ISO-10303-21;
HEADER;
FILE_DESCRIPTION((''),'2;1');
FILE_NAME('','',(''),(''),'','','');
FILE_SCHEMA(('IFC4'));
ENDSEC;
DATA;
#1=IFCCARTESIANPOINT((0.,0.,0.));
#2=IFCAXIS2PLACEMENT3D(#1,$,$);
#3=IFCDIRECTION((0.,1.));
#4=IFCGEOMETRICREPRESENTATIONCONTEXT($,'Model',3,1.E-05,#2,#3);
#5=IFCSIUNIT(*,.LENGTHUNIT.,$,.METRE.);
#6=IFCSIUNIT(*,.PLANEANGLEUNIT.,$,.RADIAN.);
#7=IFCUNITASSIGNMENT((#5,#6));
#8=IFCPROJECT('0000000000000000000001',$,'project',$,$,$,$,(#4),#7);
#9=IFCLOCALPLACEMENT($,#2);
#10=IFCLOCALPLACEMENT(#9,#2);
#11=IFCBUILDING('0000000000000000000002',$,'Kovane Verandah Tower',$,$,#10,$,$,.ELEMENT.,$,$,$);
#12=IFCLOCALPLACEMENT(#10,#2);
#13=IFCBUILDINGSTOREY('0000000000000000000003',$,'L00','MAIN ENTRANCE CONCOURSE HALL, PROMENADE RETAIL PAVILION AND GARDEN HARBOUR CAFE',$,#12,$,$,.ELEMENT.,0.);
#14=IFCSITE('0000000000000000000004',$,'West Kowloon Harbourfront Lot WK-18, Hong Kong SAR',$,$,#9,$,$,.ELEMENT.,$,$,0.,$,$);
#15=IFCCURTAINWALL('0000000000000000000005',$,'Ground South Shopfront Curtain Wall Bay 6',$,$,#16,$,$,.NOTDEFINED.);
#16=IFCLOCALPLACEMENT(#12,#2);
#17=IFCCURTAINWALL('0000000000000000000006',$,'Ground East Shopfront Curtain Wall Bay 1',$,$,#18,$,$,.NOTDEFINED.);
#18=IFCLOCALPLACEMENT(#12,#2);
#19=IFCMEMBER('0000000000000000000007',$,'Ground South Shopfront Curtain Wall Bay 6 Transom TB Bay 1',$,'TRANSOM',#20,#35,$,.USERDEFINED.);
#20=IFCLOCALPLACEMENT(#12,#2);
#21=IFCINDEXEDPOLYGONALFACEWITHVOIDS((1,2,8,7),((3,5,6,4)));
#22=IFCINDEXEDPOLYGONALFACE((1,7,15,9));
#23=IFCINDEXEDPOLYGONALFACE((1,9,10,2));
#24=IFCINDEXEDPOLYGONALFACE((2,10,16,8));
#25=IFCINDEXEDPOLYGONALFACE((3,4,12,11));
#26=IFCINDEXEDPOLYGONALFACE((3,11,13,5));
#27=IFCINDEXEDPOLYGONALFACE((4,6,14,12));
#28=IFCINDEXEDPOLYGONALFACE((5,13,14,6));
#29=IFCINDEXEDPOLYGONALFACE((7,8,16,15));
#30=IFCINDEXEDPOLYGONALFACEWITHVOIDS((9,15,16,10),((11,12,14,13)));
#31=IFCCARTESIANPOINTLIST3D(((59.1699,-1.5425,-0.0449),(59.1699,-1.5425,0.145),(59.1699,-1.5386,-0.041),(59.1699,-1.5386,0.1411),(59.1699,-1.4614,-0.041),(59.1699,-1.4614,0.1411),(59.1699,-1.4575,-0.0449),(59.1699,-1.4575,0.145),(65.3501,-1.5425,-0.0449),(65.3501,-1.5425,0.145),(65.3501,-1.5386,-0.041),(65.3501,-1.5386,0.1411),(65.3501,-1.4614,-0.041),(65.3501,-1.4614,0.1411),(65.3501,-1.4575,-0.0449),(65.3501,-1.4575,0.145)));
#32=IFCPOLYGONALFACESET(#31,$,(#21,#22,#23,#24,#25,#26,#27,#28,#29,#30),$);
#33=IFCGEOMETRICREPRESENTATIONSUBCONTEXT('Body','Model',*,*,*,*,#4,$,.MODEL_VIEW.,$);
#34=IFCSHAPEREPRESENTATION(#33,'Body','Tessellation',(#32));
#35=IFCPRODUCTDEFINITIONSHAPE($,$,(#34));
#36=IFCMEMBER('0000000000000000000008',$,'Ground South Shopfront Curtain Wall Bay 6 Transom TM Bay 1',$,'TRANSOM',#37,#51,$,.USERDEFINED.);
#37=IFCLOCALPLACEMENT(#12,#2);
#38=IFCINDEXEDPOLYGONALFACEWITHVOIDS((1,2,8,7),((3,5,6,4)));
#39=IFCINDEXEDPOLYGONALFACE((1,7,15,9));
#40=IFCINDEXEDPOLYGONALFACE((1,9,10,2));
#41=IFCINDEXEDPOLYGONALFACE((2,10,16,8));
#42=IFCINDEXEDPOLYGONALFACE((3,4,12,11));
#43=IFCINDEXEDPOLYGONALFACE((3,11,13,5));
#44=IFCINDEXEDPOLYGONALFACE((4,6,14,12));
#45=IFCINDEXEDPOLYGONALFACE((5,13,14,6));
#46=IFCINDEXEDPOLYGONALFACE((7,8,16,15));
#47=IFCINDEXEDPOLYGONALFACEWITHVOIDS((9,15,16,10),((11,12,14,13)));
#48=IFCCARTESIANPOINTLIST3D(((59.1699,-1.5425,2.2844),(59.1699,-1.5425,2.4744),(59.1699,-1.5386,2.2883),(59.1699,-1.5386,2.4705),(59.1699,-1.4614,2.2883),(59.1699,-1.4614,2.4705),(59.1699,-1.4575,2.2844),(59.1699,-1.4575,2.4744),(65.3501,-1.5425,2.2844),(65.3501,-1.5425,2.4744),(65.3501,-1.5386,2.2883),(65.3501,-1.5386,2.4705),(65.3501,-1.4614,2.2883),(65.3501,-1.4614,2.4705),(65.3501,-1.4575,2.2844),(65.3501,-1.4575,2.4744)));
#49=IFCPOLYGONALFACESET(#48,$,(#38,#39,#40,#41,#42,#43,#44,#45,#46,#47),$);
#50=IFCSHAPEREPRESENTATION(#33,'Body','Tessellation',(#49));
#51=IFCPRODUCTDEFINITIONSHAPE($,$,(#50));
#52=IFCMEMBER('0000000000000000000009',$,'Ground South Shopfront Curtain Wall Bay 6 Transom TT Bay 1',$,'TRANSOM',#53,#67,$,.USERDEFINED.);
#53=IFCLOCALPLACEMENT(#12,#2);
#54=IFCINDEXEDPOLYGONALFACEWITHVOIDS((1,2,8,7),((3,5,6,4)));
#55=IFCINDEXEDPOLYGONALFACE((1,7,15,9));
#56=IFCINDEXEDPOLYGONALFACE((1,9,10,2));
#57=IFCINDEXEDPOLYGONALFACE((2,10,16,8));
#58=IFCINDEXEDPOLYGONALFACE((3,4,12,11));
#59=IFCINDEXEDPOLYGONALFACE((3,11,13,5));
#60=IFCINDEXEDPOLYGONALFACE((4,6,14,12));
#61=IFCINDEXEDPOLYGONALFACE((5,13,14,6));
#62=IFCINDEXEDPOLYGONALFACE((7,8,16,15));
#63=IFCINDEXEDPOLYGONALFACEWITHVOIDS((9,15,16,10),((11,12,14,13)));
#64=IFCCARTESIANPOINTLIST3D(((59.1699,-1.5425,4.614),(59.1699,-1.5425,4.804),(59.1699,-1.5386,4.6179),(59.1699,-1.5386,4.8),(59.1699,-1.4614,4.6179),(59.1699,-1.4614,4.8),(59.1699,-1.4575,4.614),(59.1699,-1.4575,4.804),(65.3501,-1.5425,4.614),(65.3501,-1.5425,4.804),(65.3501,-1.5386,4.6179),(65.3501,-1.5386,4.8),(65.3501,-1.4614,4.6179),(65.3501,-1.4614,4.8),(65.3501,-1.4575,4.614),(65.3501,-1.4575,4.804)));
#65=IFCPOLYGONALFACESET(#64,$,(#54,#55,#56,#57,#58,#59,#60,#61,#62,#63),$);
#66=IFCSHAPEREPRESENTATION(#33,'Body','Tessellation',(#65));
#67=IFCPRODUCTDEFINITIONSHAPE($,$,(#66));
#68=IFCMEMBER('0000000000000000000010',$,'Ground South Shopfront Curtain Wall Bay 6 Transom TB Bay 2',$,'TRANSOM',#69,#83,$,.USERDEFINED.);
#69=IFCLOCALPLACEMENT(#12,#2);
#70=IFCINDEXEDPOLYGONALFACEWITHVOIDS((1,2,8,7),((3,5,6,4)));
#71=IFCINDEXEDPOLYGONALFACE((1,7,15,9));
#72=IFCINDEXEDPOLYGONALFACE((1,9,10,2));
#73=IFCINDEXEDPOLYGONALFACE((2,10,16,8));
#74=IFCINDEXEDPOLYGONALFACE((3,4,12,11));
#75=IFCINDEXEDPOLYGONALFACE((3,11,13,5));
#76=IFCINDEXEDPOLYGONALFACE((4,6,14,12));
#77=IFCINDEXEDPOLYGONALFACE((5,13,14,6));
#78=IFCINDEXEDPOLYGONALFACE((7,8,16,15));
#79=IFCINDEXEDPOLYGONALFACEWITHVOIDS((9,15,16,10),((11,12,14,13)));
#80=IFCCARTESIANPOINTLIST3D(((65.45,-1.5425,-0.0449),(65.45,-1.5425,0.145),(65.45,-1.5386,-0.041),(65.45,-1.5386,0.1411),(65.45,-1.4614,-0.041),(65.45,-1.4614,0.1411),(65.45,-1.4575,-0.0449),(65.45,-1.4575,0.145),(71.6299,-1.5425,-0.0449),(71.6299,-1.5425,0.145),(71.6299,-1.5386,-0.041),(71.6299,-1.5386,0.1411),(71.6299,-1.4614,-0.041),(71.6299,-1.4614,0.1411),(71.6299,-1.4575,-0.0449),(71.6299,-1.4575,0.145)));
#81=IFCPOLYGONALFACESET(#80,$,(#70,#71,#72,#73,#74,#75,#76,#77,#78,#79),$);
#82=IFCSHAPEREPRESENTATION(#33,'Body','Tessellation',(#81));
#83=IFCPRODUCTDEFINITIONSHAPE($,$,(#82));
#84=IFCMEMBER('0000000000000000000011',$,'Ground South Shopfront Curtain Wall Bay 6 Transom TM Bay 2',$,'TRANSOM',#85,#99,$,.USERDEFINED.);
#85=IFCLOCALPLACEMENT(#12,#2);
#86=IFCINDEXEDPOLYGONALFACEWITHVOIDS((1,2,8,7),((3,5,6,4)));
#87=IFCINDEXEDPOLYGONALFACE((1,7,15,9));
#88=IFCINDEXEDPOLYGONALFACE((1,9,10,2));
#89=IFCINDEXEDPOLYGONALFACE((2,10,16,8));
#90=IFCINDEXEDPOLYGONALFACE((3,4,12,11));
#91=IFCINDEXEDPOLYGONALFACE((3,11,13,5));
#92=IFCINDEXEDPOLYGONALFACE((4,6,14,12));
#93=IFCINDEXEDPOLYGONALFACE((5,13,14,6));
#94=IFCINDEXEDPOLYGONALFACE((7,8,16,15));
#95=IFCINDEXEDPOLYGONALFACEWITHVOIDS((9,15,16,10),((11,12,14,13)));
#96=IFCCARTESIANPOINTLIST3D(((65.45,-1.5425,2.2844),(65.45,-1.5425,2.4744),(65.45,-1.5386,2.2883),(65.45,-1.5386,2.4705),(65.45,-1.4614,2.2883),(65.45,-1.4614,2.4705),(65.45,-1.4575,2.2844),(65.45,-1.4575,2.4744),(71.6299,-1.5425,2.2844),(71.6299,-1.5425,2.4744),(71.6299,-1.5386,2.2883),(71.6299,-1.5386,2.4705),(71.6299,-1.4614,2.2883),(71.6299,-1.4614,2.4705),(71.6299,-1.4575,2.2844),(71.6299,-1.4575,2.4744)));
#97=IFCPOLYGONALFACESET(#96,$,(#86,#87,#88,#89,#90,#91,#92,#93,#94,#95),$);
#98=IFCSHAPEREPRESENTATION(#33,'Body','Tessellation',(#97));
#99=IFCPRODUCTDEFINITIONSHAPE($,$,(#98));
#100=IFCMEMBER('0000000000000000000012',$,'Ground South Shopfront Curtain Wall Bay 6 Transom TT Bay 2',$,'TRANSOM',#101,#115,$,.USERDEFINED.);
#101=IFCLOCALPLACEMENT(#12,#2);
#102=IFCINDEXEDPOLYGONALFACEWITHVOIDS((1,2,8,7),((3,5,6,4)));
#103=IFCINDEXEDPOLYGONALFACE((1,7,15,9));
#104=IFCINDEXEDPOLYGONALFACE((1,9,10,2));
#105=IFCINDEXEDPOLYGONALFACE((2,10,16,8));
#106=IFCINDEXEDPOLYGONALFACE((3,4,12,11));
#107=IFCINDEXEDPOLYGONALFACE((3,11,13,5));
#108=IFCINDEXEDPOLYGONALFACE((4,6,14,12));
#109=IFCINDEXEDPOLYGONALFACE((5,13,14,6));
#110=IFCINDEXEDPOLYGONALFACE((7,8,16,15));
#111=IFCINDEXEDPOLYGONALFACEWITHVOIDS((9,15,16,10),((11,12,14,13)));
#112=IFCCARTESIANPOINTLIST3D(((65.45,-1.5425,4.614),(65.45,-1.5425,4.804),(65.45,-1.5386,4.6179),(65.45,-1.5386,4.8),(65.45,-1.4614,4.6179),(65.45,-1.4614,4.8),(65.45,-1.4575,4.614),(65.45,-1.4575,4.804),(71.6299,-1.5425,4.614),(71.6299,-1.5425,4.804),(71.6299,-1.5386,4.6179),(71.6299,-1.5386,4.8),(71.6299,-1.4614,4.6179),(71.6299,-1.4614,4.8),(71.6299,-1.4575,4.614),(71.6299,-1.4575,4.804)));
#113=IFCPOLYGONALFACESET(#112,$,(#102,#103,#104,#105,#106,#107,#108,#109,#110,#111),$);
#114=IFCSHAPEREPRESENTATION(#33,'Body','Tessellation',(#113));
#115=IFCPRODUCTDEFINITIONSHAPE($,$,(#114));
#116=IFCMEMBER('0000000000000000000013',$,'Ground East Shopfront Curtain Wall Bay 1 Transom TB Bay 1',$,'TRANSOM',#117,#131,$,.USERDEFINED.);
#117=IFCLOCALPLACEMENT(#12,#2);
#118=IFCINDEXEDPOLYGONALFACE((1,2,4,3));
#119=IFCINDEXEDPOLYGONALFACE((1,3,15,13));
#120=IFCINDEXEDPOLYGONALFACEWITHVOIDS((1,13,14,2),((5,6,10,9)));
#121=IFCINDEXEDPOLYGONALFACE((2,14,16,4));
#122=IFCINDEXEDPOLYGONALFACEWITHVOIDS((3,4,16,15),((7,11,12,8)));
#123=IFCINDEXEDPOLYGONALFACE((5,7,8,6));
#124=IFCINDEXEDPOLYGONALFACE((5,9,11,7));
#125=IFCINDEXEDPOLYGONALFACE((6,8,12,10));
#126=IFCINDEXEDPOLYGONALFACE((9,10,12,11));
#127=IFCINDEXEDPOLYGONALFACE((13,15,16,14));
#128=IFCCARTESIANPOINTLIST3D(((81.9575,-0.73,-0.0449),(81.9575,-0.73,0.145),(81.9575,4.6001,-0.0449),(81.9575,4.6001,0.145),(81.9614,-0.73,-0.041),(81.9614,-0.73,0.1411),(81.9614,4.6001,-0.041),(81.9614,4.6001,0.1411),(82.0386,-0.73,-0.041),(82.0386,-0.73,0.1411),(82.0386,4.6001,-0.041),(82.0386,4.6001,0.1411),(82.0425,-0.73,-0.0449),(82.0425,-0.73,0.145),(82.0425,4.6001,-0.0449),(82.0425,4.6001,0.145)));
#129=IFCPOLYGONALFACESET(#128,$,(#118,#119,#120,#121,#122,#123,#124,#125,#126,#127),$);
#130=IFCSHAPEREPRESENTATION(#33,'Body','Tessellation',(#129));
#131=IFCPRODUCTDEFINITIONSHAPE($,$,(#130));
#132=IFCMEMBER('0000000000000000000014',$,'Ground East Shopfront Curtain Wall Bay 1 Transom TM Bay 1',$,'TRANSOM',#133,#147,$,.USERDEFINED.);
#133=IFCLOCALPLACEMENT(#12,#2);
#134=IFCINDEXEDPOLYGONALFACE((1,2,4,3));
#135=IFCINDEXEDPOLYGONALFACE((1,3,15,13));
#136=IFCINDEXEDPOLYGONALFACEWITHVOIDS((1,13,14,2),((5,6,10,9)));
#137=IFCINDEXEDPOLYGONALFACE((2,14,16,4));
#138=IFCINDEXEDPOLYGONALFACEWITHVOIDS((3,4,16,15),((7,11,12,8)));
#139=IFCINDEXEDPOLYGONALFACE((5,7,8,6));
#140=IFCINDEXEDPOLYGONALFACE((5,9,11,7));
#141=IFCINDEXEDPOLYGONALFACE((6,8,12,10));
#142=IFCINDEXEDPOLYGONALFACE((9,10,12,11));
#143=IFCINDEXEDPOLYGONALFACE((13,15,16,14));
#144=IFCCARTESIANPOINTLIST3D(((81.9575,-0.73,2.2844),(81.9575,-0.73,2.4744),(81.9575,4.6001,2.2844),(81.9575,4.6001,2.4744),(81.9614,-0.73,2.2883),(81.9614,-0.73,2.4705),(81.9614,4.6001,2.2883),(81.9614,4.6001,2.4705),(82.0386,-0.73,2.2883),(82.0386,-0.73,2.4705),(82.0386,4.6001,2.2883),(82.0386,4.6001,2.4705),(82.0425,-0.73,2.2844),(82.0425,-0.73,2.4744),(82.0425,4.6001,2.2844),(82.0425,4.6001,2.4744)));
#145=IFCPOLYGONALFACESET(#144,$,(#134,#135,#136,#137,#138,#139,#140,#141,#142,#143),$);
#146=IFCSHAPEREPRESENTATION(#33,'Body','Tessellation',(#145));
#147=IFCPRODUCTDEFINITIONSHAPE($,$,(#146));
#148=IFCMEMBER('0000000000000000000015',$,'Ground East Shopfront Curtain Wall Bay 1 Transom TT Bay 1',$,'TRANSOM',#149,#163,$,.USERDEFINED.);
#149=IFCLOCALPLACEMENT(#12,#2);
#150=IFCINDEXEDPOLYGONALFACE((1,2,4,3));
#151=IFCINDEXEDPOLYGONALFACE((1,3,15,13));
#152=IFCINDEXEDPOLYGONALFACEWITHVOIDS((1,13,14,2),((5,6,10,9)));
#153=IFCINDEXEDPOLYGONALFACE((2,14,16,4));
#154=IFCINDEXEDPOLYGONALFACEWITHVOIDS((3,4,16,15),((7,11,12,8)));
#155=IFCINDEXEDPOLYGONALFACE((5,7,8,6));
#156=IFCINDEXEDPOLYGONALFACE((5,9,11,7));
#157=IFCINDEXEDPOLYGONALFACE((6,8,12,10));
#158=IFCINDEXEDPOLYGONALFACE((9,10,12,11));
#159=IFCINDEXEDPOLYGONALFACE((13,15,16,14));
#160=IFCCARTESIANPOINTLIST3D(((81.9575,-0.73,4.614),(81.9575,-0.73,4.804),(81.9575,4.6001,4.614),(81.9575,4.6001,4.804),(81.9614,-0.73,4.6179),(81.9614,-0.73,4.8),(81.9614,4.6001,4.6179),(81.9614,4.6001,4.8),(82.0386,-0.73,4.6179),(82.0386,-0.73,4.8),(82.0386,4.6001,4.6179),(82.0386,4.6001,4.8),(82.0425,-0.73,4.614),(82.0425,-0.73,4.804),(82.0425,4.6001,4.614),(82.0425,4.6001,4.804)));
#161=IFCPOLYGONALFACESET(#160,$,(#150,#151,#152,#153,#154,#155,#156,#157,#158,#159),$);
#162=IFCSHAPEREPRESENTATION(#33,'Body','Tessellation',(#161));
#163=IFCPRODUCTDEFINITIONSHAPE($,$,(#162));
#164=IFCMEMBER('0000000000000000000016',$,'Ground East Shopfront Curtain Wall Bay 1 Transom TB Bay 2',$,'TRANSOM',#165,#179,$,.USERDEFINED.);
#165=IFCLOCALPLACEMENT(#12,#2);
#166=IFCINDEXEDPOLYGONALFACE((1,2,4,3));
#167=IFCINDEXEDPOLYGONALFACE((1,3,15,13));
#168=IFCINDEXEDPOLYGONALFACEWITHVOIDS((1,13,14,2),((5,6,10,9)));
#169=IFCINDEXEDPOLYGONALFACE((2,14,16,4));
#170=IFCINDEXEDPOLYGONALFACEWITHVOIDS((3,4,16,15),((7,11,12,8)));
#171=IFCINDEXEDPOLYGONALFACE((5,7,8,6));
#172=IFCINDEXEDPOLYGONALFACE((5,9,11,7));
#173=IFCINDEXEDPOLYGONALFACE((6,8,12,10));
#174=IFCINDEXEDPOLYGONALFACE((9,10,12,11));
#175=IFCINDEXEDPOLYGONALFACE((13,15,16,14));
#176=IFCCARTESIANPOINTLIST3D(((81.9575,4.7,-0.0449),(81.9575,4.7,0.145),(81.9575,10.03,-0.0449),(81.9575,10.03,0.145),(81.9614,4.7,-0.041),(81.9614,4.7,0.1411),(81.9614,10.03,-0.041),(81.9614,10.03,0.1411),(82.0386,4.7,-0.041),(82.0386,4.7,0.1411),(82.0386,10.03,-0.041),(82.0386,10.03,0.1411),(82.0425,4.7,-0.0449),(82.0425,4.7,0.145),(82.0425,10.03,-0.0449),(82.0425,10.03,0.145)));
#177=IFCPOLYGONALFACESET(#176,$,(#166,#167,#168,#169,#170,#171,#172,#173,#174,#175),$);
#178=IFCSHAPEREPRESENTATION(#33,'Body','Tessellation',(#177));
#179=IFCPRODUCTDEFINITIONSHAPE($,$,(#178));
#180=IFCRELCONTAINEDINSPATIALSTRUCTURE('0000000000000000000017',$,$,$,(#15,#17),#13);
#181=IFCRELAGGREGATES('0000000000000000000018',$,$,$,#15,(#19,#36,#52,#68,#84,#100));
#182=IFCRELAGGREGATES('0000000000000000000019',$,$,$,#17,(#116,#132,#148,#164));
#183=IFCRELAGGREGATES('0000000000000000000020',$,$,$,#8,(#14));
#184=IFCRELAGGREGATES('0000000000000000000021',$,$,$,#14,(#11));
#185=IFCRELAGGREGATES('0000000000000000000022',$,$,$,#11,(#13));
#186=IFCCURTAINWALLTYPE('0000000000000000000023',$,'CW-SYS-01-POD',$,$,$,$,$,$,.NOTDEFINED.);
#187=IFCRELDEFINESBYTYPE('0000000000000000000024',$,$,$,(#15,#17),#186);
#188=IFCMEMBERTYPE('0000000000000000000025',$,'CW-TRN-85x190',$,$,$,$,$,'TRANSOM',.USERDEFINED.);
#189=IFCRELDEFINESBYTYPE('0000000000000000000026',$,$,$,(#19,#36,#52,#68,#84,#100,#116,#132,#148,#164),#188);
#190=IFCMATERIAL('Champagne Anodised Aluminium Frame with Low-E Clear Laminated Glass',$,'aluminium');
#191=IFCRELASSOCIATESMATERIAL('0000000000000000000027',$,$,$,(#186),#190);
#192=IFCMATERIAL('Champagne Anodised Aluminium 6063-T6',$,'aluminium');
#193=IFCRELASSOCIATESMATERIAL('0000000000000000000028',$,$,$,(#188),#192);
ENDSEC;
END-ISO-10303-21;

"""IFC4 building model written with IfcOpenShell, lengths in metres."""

from ifc_helpers import new_model, si_unit, direction, frame, origin, origin_2d, place, context, subcontext, project, spatial, hollow_rectangle, extrude, material, material_profile, profile_set, type_object, element, aggregate, save


model = new_model("IFC4")

# Units and contexts
model_context = context("Model", 3, precision=1e-05, world=origin(), true_north=direction((0.0, 1.0)))
body_context = subcontext(model_context, "Body", "Model", "MODEL_VIEW")
ifc_project = project(units=[si_unit("LENGTHUNIT", "METRE"), si_unit("PLANEANGLEUNIT", "RADIAN")], contexts=[model_context])

# Site, building, storey
site_placement = place(None, origin())
site = spatial("IfcSite", under=ifc_project, at=site_placement, Name="West Kowloon Harbourfront Lot WK-18, Hong Kong SAR", CompositionType="ELEMENT", RefElevation=0.0)
building_placement = place(site_placement, origin())
building = spatial("IfcBuilding", under=site, at=building_placement, Name="Kovane Verandah Tower", CompositionType="ELEMENT")
storey_placement = place(building_placement, origin())
storey = spatial("IfcBuildingStorey", under=building, at=storey_placement, Name="L00", Description="MAIN ENTRANCE CONCOURSE HALL, PROMENADE RETAIL PAVILION AND GARDEN HARBOUR CAFE", CompositionType="ELEMENT", Elevation=0.0)

# Curtain walls
ifc_material_1 = material(Name="Champagne Anodised Aluminium Frame with Low-E Clear Laminated Glass", Category="aluminium")
curtain_wall_type = type_object("IfcCurtainWallType", Name="CW-SYS-01-POD", PredefinedType="NOTDEFINED", material=ifc_material_1)
curtain_wall_1_placement = place(storey_placement, origin())
curtain_wall_1 = element("IfcCurtainWall", 1, at=curtain_wall_1_placement, inside=storey, type_object=curtain_wall_type, Name="Ground South Shopfront Curtain Wall Bay 6", PredefinedType="NOTDEFINED")
ifc_material_2 = material(Name="Champagne Anodised Aluminium 6063-T6", Category="aluminium")
curtain_wall_2_placement = place(storey_placement, origin())
curtain_wall_2 = element("IfcCurtainWall", 2, at=curtain_wall_2_placement, inside=storey, type_object=curtain_wall_type, Name="Ground East Shopfront Curtain Wall Bay 1", PredefinedType="NOTDEFINED")

# Members
ifc_material_profile_1 = material_profile(ifc_material_2, hollow_rectangle(XDim=0.085, YDim=0.1899, WallThickness=0.0039, at=origin_2d()), Name="AL85x190x4")
ifc_profile_set_1 = profile_set([ifc_material_profile_1], Name="Champagne Anodised Aluminium 6063-T6")
member_type_1 = type_object("IfcMemberType", Name="CW-TRN-85x190", ElementType="TRANSOM", PredefinedType="USERDEFINED", material=ifc_profile_set_1)
member_1_placement = place(storey_placement, frame((59.1699, -1.5, 0.05), z_axis=(1.0, 0.0, 0.0), x_axis=(0.0, 1.0, 0.0)))
member_1 = element("IfcMember", 3, at=member_1_placement, type_object=member_type_1, Name="Ground South Shopfront Curtain Wall Bay 6 Transom TB Bay 1", ObjectType="TRANSOM", PredefinedType="USERDEFINED", context=body_context, shape_type="SweptSolid", body=[
    extrude(hollow_rectangle(XDim=0.085, YDim=0.1899, WallThickness=0.0039, at=origin_2d()), origin(), (0.0, 0.0, 1.0), 6.1802),
])
member_2_placement = place(storey_placement, frame((59.1699, -1.5, 2.3794), z_axis=(1.0, 0.0, 0.0), x_axis=(0.0, 1.0, 0.0)))
member_2 = element("IfcMember", 4, at=member_2_placement, type_object=member_type_1, Name="Ground South Shopfront Curtain Wall Bay 6 Transom TM Bay 1", ObjectType="TRANSOM", PredefinedType="USERDEFINED", context=body_context, shape_type="SweptSolid", body=[
    extrude(hollow_rectangle(XDim=0.085, YDim=0.1899, WallThickness=0.0039, at=origin_2d()), origin(), (0.0, 0.0, 1.0), 6.1802),
])
member_3_placement = place(storey_placement, frame((59.1699, -1.5, 4.709), z_axis=(1.0, 0.0, 0.0), x_axis=(0.0, 1.0, 0.0)))
member_3 = element("IfcMember", 5, at=member_3_placement, type_object=member_type_1, Name="Ground South Shopfront Curtain Wall Bay 6 Transom TT Bay 1", ObjectType="TRANSOM", PredefinedType="USERDEFINED", context=body_context, shape_type="SweptSolid", body=[
    extrude(hollow_rectangle(XDim=0.085, YDim=0.1899, WallThickness=0.0039, at=origin_2d()), origin(), (0.0, 0.0, 1.0), 6.1802),
])
member_4_placement = place(storey_placement, frame((65.45, -1.5, 0.05), z_axis=(1.0, 0.0, 0.0), x_axis=(0.0, 1.0, 0.0)))
member_4 = element("IfcMember", 6, at=member_4_placement, type_object=member_type_1, Name="Ground South Shopfront Curtain Wall Bay 6 Transom TB Bay 2", ObjectType="TRANSOM", PredefinedType="USERDEFINED", context=body_context, shape_type="SweptSolid", body=[
    extrude(hollow_rectangle(XDim=0.085, YDim=0.1899, WallThickness=0.0039, at=origin_2d()), origin(), (0.0, 0.0, 1.0), 6.1799),
])
member_5_placement = place(storey_placement, frame((65.45, -1.5, 2.3794), z_axis=(1.0, 0.0, 0.0), x_axis=(0.0, 1.0, 0.0)))
member_5 = element("IfcMember", 7, at=member_5_placement, type_object=member_type_1, Name="Ground South Shopfront Curtain Wall Bay 6 Transom TM Bay 2", ObjectType="TRANSOM", PredefinedType="USERDEFINED", context=body_context, shape_type="SweptSolid", body=[
    extrude(hollow_rectangle(XDim=0.085, YDim=0.1899, WallThickness=0.0039, at=origin_2d()), origin(), (0.0, 0.0, 1.0), 6.1799),
])
member_6_placement = place(storey_placement, frame((65.45, -1.5, 4.709), z_axis=(1.0, 0.0, 0.0), x_axis=(0.0, 1.0, 0.0)))
member_6 = element("IfcMember", 8, at=member_6_placement, type_object=member_type_1, Name="Ground South Shopfront Curtain Wall Bay 6 Transom TT Bay 2", ObjectType="TRANSOM", PredefinedType="USERDEFINED", context=body_context, shape_type="SweptSolid", body=[
    extrude(hollow_rectangle(XDim=0.085, YDim=0.1899, WallThickness=0.0039, at=origin_2d()), origin(), (0.0, 0.0, 1.0), 6.1799),
])
member_7_placement = place(storey_placement, frame((82.0, -0.73, 0.05), z_axis=(0.0, 1.0, 0.0), x_axis=(-1.0, 0.0, 0.0)))
member_7 = element("IfcMember", 9, at=member_7_placement, type_object=member_type_1, Name="Ground East Shopfront Curtain Wall Bay 1 Transom TB Bay 1", ObjectType="TRANSOM", PredefinedType="USERDEFINED", context=body_context, shape_type="SweptSolid", body=[
    extrude(hollow_rectangle(XDim=0.085, YDim=0.1899, WallThickness=0.0039, at=origin_2d()), origin(), (0.0, 0.0, 1.0), 5.3301),
])
member_8_placement = place(storey_placement, frame((82.0, -0.73, 2.3794), z_axis=(0.0, 1.0, 0.0), x_axis=(-1.0, 0.0, 0.0)))
member_8 = element("IfcMember", 10, at=member_8_placement, type_object=member_type_1, Name="Ground East Shopfront Curtain Wall Bay 1 Transom TM Bay 1", ObjectType="TRANSOM", PredefinedType="USERDEFINED", context=body_context, shape_type="SweptSolid", body=[
    extrude(hollow_rectangle(XDim=0.085, YDim=0.1899, WallThickness=0.0039, at=origin_2d()), origin(), (0.0, 0.0, 1.0), 5.3301),
])
member_9_placement = place(storey_placement, frame((82.0, -0.73, 4.709), z_axis=(0.0, 1.0, 0.0), x_axis=(-1.0, 0.0, 0.0)))
member_9 = element("IfcMember", 11, at=member_9_placement, type_object=member_type_1, Name="Ground East Shopfront Curtain Wall Bay 1 Transom TT Bay 1", ObjectType="TRANSOM", PredefinedType="USERDEFINED", context=body_context, shape_type="SweptSolid", body=[
    extrude(hollow_rectangle(XDim=0.085, YDim=0.1899, WallThickness=0.0039, at=origin_2d()), origin(), (0.0, 0.0, 1.0), 5.3301),
])
member_10_placement = place(storey_placement, frame((82.0, 4.7, 0.05), z_axis=(0.0, 1.0, 0.0), x_axis=(-1.0, 0.0, 0.0)))
member_10 = element("IfcMember", 12, at=member_10_placement, type_object=member_type_1, Name="Ground East Shopfront Curtain Wall Bay 1 Transom TB Bay 2", ObjectType="TRANSOM", PredefinedType="USERDEFINED", context=body_context, shape_type="SweptSolid", body=[
    extrude(hollow_rectangle(XDim=0.085, YDim=0.1899, WallThickness=0.0039, at=origin_2d()), origin(), (0.0, 0.0, 1.0), 5.3301),
])

aggregate(curtain_wall_1, [member_1, member_2, member_3, member_4, member_5, member_6])
aggregate(curtain_wall_2, [member_7, member_8, member_9, member_10])

save(model, "model.ifc")
